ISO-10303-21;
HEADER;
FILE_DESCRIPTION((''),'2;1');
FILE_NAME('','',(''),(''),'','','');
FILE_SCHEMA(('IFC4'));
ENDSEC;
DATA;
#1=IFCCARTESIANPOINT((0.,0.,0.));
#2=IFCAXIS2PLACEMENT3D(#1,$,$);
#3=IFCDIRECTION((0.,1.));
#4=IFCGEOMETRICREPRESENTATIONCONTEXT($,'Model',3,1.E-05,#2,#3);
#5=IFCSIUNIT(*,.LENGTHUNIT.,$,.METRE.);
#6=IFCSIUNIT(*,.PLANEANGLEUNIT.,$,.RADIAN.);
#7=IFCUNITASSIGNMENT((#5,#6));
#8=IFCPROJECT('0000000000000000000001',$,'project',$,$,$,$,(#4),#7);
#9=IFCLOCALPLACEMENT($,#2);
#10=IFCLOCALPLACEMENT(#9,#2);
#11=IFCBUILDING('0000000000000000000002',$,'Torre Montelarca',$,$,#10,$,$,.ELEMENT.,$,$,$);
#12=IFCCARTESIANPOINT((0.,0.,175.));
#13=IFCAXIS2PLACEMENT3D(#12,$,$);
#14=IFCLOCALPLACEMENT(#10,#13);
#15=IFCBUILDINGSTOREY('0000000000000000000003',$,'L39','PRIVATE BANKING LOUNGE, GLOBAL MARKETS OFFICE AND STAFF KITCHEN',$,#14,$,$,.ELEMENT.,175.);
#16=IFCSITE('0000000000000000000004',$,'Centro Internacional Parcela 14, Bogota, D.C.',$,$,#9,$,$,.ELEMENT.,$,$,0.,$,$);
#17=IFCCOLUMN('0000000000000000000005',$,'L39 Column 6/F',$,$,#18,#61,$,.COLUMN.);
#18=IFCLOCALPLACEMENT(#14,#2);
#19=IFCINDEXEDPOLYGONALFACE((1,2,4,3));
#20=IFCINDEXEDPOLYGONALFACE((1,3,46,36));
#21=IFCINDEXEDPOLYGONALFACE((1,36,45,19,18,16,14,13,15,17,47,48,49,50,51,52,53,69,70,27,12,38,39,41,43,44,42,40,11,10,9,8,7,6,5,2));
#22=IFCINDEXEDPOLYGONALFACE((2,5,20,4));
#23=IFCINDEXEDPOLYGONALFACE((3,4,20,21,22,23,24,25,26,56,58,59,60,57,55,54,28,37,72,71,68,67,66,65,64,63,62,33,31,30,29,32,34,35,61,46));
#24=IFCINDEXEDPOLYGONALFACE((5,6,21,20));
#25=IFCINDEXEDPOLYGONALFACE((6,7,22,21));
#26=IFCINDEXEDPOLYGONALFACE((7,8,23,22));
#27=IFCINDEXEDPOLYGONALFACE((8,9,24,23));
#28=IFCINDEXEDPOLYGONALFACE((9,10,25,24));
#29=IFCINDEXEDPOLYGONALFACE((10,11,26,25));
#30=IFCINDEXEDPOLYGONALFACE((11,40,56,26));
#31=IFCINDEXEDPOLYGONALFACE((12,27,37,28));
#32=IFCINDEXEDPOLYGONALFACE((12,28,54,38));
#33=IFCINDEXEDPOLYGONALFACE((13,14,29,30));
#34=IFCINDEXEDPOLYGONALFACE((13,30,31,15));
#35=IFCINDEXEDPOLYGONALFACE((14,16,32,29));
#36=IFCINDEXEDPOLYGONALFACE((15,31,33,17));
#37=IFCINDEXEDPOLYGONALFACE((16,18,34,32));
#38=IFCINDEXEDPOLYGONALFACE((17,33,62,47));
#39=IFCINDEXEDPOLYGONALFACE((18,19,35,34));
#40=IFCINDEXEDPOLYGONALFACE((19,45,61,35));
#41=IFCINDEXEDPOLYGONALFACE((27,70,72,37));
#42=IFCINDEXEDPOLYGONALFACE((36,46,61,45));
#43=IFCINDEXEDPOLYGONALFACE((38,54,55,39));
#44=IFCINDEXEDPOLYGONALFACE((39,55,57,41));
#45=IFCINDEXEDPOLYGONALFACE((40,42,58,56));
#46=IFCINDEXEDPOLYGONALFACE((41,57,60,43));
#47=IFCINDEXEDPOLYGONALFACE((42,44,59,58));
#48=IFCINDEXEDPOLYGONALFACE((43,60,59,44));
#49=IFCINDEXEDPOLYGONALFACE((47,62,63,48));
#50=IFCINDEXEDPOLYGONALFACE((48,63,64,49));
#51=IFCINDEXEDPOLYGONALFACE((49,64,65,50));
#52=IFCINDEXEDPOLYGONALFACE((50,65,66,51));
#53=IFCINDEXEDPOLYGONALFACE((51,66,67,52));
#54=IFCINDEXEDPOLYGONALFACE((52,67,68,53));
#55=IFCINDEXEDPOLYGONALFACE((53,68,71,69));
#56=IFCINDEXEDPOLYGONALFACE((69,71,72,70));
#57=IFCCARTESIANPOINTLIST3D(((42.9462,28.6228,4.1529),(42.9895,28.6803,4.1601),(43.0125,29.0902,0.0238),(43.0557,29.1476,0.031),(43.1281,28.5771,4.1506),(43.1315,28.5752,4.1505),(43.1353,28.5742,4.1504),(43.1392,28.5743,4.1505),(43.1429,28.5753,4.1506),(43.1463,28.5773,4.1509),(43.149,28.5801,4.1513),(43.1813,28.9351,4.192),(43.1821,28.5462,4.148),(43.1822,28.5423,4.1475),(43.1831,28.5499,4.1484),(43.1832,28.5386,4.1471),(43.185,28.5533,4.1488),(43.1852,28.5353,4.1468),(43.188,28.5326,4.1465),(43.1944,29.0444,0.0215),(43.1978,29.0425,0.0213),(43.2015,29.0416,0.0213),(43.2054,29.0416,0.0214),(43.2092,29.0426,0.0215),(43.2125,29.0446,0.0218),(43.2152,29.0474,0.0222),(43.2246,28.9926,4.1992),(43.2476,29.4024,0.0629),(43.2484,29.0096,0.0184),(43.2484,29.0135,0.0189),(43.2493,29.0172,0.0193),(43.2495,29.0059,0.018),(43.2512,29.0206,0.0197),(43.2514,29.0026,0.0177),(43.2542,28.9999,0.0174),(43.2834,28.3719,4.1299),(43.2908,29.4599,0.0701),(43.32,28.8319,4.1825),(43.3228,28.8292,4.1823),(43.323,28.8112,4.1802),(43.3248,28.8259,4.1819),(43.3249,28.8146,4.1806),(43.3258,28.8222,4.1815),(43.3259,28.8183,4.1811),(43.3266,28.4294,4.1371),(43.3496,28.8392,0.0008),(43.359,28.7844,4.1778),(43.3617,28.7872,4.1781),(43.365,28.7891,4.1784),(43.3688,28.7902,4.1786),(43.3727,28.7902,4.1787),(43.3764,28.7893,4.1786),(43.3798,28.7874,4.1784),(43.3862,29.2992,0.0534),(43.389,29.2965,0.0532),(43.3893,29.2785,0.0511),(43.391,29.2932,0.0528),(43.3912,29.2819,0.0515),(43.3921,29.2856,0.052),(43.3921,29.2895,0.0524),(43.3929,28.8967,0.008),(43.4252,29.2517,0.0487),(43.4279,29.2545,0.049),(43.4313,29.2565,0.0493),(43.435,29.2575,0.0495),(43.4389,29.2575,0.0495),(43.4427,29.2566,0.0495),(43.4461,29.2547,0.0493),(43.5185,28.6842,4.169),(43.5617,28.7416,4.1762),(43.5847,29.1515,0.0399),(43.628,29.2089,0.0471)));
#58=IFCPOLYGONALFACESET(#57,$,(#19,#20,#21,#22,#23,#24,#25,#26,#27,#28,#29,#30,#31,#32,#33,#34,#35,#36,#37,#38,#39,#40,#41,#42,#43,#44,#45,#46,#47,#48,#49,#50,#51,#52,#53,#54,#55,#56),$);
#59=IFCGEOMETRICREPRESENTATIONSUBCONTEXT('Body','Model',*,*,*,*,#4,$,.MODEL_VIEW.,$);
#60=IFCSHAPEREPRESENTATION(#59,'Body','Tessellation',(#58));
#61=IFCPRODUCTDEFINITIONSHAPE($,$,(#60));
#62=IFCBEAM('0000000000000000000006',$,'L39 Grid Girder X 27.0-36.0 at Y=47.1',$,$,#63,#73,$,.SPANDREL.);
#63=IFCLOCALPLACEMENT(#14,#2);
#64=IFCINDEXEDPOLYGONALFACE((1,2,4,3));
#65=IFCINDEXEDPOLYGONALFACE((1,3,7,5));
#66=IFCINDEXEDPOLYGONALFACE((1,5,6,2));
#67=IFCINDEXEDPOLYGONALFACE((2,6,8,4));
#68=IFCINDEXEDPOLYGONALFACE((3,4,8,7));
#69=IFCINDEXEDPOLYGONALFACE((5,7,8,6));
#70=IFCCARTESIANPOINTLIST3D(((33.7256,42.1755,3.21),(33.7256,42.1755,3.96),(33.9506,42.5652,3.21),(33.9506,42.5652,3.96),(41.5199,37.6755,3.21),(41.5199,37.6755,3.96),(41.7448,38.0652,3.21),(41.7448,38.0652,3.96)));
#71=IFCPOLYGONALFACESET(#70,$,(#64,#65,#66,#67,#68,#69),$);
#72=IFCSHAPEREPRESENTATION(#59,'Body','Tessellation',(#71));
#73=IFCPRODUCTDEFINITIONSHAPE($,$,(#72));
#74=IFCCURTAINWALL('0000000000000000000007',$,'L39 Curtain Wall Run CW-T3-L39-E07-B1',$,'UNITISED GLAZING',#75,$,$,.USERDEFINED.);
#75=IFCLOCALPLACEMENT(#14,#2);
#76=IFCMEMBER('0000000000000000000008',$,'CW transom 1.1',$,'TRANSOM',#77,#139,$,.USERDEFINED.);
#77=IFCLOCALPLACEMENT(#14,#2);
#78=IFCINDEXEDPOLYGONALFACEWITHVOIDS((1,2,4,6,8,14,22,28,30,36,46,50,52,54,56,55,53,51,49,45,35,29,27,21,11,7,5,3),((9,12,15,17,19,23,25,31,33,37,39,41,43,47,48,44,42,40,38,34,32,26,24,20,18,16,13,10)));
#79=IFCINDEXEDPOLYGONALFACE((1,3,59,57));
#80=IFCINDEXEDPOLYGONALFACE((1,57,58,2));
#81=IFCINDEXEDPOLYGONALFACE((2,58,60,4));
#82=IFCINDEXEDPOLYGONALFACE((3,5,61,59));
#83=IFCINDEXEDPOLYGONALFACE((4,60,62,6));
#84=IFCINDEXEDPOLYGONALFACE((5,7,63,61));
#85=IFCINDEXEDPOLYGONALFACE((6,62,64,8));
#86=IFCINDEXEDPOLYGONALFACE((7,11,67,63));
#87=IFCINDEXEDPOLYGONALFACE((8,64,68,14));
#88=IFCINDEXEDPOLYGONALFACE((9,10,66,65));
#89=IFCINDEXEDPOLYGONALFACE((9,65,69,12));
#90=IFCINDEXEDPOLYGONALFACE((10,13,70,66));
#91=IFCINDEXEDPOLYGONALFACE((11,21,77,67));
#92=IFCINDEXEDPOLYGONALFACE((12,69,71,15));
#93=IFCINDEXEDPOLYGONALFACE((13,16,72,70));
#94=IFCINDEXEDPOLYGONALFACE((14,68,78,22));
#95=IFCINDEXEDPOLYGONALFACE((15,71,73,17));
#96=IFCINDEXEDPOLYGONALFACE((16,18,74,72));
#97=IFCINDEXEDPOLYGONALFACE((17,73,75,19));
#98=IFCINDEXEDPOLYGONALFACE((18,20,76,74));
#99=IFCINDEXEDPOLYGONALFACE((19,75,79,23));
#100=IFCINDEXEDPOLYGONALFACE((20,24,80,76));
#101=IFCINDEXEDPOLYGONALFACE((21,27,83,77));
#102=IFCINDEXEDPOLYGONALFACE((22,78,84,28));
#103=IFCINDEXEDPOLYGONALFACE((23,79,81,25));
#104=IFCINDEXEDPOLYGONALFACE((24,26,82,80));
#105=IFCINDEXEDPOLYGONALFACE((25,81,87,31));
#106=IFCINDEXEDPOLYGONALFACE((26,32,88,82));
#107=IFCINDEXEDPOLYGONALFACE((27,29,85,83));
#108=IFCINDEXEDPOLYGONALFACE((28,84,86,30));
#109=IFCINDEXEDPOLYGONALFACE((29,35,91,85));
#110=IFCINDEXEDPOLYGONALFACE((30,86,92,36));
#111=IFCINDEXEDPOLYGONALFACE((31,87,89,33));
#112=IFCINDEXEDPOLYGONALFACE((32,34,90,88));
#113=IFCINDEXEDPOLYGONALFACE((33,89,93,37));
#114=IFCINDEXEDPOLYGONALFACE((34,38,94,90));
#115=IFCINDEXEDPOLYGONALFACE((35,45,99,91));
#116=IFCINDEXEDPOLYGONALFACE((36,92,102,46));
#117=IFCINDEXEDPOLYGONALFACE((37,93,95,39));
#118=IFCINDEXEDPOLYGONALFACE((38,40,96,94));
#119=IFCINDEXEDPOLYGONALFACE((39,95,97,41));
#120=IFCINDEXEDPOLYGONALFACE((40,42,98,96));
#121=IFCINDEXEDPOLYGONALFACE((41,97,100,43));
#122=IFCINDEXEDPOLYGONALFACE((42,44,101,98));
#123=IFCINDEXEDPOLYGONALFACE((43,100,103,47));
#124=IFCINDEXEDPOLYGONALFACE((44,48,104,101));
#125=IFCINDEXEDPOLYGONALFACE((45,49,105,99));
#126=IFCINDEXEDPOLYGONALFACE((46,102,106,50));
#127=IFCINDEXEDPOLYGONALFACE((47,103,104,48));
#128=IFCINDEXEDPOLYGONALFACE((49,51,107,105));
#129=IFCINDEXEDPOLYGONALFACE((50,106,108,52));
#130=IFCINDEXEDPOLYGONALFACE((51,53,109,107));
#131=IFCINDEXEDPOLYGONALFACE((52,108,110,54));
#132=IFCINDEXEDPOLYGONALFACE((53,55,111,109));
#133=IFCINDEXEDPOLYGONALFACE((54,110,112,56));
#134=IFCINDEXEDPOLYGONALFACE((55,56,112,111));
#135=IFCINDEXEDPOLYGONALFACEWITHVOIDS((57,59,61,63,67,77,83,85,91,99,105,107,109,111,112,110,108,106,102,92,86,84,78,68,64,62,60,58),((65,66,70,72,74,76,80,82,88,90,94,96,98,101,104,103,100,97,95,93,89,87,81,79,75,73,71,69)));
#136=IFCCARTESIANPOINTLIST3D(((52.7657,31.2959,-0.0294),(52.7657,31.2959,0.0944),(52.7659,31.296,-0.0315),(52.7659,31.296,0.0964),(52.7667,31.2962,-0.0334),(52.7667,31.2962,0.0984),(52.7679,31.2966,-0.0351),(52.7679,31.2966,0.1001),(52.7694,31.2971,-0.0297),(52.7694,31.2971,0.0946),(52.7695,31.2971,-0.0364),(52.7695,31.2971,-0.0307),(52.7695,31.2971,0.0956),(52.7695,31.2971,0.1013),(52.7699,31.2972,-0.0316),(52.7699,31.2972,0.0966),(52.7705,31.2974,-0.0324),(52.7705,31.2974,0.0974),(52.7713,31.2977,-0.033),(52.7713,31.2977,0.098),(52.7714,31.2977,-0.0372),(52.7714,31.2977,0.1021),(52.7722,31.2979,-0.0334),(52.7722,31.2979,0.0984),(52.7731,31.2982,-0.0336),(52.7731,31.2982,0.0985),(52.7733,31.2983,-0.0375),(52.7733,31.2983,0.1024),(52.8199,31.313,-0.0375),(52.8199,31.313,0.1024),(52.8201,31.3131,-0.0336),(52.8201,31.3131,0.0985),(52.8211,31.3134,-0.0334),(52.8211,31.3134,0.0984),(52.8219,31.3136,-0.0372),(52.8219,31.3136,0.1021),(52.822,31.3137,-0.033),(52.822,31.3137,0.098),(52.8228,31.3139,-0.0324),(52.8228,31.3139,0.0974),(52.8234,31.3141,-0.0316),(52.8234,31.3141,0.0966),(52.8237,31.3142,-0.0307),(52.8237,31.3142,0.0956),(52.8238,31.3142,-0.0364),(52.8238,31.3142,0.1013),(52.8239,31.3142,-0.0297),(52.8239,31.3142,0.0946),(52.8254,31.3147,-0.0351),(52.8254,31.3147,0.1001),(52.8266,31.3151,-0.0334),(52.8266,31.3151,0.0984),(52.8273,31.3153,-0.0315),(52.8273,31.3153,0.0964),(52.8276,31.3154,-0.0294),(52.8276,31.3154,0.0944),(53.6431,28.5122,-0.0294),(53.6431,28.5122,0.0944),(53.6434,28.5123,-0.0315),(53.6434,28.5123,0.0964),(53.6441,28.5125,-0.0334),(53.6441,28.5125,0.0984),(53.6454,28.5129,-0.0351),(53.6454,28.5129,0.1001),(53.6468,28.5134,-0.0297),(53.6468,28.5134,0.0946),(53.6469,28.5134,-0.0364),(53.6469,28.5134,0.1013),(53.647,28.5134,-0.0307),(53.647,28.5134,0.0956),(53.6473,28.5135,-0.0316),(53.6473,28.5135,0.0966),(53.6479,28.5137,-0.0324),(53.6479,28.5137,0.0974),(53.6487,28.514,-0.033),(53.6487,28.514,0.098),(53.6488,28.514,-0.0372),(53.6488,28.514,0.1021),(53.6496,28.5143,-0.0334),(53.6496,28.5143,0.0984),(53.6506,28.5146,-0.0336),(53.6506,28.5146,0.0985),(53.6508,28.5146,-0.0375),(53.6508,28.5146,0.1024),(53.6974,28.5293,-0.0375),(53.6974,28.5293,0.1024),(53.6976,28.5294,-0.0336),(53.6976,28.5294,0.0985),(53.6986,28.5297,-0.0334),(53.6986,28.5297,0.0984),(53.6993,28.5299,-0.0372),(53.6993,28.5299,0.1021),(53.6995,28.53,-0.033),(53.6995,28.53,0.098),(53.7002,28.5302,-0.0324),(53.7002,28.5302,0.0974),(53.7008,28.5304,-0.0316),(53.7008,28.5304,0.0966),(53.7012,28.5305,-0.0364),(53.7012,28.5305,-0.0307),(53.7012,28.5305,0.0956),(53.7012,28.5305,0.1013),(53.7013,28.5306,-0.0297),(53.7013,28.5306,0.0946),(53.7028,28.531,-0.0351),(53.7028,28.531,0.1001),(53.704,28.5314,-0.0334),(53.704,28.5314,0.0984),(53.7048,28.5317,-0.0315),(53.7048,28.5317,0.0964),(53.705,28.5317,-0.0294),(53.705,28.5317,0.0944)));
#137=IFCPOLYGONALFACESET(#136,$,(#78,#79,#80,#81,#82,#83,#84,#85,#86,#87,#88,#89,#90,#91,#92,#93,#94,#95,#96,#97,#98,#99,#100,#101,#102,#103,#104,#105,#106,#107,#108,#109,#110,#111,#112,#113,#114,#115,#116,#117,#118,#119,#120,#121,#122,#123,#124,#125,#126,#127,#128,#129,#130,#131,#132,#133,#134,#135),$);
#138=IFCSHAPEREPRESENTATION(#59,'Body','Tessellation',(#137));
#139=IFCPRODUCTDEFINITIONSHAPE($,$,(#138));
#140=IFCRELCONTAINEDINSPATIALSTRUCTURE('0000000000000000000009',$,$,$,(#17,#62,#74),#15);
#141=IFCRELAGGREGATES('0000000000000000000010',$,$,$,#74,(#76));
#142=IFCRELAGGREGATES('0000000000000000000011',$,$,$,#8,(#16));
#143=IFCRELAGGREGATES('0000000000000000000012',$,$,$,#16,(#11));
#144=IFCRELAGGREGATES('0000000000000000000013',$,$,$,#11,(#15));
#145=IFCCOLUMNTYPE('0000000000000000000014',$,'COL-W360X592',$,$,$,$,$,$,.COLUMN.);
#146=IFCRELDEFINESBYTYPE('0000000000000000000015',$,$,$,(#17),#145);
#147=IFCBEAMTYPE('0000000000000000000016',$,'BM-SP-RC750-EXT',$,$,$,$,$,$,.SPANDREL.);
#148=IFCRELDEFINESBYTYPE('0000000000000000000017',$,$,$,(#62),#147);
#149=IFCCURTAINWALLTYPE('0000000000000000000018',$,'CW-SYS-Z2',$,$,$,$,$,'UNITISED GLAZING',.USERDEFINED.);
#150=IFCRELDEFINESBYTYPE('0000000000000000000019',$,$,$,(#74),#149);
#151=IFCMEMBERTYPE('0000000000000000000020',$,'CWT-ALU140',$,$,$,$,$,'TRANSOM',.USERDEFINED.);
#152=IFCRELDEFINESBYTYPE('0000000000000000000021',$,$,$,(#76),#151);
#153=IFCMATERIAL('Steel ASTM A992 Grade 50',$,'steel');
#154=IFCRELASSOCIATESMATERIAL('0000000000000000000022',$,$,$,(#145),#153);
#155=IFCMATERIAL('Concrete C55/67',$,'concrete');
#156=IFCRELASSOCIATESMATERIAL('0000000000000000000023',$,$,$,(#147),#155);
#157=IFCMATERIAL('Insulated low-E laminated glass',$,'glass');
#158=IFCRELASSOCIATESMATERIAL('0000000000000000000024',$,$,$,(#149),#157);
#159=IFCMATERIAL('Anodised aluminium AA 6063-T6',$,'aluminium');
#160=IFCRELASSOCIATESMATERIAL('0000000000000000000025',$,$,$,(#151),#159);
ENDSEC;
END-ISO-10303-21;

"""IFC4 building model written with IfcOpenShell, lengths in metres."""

from ifc_helpers import new_model, si_unit, direction, frame, origin, origin_2d, place, context, subcontext, project, spatial, rectangle, hollow_rectangle, i_section, extrude, clip, halfspace, source, transform, mapped, material, material_profile, profile_set, type_object, element, aggregate, save


model = new_model("IFC4")

# Units and contexts
model_context = context("Model", 3, precision=1e-05, world=origin(), true_north=direction((0.0, 1.0)))
body_context = subcontext(model_context, "Body", "Model", "MODEL_VIEW")
ifc_project = project(units=[si_unit("LENGTHUNIT", "METRE"), si_unit("PLANEANGLEUNIT", "RADIAN")], contexts=[model_context])

# Site, building, storey
site_placement = place(None, origin())
site = spatial("IfcSite", under=ifc_project, at=site_placement, Name="Centro Internacional Parcela 14, Bogota, D.C.", CompositionType="ELEMENT", RefElevation=0.0)
building_placement = place(site_placement, origin())
building = spatial("IfcBuilding", under=site, at=building_placement, Name="Torre Montelarca", CompositionType="ELEMENT")
storey_placement = place(building_placement, frame((0.0, 0.0, 175.0)))
storey = spatial("IfcBuildingStorey", under=building, at=storey_placement, Name="L39", Description="PRIVATE BANKING LOUNGE, GLOBAL MARKETS OFFICE AND STAFF KITCHEN", CompositionType="ELEMENT", Elevation=175.0)

# Column
ifc_material_1 = material(Name="Concrete C55/67", Category="concrete")
ifc_material_2 = material(Name="Steel ASTM A992 Grade 50", Category="steel")
ifc_material_profile_1 = material_profile(ifc_material_2, i_section(OverallWidth=0.4209, OverallDepth=0.4651, WebThickness=0.0449, FlangeThickness=0.0723, FilletRadius=0.0149, at=origin_2d()), Name="W360X592", Category="steel")
ifc_profile_set_1 = profile_set([ifc_material_profile_1], Name="Steel ASTM A992 Grade 50")
column_type_1 = type_object("IfcColumnType", Name="COL-W360X592", PredefinedType="COLUMN", material=ifc_profile_set_1)
column_1_placement = place(storey_placement, frame((43.3208, 29.1536, 0.0), z_axis=(-0.01594, -0.112446, 0.99353), x_axis=(-0.800977, 0.596198, 0.054626)))
element("IfcColumn", 1, at=column_1_placement, inside=storey, type_object=column_type_1, Name="L39 Column 6/F", PredefinedType="COLUMN", context=body_context, shape_type="Clipping", body=[
    clip(clip(extrude(i_section(OverallWidth=0.4209, OverallDepth=0.4651, WebThickness=0.0449, FlangeThickness=0.0723, FilletRadius=0.0149, at=origin_2d()), origin(), (0.0, 0.0, 1.0), 4.2273), halfspace(frame((0.0, 0.0, 0.0356), z_axis=(0.0, 0.0, -1.0), x_axis=(1.0, 0.0, 0.0)), False)), halfspace(frame((0.0, 0.0, 4.1917), z_axis=(0.0, 0.0, 1.0), x_axis=(1.0, 0.0, 0.0)), False)),
])

# Beam
ifc_material_profile_2 = material_profile(ifc_material_1, rectangle(XDim=0.45, YDim=0.75, at=origin_2d()), Name="RCB450X750", Category="concrete")
ifc_profile_set_2 = profile_set([ifc_material_profile_2], Name="Concrete C55/67")
beam_type = type_object("IfcBeamType", Name="BM-SP-RC750-EXT", PredefinedType="SPANDREL", material=ifc_profile_set_2)
shared_shape_1 = source(origin(), body_context, "Body", "SweptSolid", [
    extrude(rectangle(XDim=0.45, YDim=0.75, at=origin_2d()), origin(), (0.0, 0.0, 1.0), 9.0),
])
beam_placement = place(storey_placement, frame((33.8381, 42.3704, 3.585), z_axis=(0.866024, -0.500002, 0.0), x_axis=(0.500002, 0.866024, 0.0)))
element("IfcBeam", 2, at=beam_placement, inside=storey, type_object=beam_type, Name="L39 Grid Girder X 27.0-36.0 at Y=47.1", PredefinedType="SPANDREL", context=body_context, shape_type="MappedRepresentation", body=[
    mapped(shared_shape_1, transform((0.0, 0.0, 0.0), scale=1.0)),
])

# Curtain wall, member
ifc_material_3 = material(Name="Insulated low-E laminated glass", Category="glass")
curtain_wall_type = type_object("IfcCurtainWallType", Name="CW-SYS-Z2", ElementType="UNITISED GLAZING", PredefinedType="USERDEFINED", material=ifc_material_3)
curtain_wall_1_placement = place(storey_placement, origin())
curtain_wall_1 = element("IfcCurtainWall", 3, at=curtain_wall_1_placement, inside=storey, type_object=curtain_wall_type, Name="L39 Curtain Wall Run CW-T3-L39-E07-B1", ObjectType="UNITISED GLAZING", PredefinedType="USERDEFINED")
ifc_material_4 = material(Name="Anodised aluminium AA 6063-T6", Category="aluminium")
ifc_material_profile_3 = material_profile(ifc_material_4, hollow_rectangle(XDim=0.0649, YDim=0.1399, WallThickness=0.0039, InnerFilletRadius=0.0039, OuterFilletRadius=0.0081, at=origin_2d()), Name="ALU65X140X4", Category="aluminium")
ifc_profile_set_3 = profile_set([ifc_material_profile_3], Name="Anodised aluminium AA 6063-T6")
member_type_1 = type_object("IfcMemberType", Name="CWT-ALU140", ElementType="TRANSOM", PredefinedType="USERDEFINED", material=ifc_profile_set_3)
shared_shape_2 = source(origin(), body_context, "Body", "SweptSolid", [
    extrude(hollow_rectangle(XDim=0.0649, YDim=0.1399, WallThickness=0.0039, InnerFilletRadius=0.0039, OuterFilletRadius=0.0081, at=origin_2d()), origin(), (0.0, 0.0, 1.0), 2.9187),
])
member_1_placement = place(storey_placement, frame((53.6741, 28.522, 0.0325), z_axis=(-0.300627, 0.953742, 0.0), x_axis=(-0.953742, -0.300627, 0.0)))
member_1 = element("IfcMember", 4, at=member_1_placement, type_object=member_type_1, Name="CW transom 1.1", ObjectType="TRANSOM", PredefinedType="USERDEFINED", context=body_context, shape_type="MappedRepresentation", body=[
    mapped(shared_shape_2, transform((0.0, 0.0, 0.0), scale=1.0)),
])

aggregate(curtain_wall_1, [member_1])

save(model, "model.ifc")
